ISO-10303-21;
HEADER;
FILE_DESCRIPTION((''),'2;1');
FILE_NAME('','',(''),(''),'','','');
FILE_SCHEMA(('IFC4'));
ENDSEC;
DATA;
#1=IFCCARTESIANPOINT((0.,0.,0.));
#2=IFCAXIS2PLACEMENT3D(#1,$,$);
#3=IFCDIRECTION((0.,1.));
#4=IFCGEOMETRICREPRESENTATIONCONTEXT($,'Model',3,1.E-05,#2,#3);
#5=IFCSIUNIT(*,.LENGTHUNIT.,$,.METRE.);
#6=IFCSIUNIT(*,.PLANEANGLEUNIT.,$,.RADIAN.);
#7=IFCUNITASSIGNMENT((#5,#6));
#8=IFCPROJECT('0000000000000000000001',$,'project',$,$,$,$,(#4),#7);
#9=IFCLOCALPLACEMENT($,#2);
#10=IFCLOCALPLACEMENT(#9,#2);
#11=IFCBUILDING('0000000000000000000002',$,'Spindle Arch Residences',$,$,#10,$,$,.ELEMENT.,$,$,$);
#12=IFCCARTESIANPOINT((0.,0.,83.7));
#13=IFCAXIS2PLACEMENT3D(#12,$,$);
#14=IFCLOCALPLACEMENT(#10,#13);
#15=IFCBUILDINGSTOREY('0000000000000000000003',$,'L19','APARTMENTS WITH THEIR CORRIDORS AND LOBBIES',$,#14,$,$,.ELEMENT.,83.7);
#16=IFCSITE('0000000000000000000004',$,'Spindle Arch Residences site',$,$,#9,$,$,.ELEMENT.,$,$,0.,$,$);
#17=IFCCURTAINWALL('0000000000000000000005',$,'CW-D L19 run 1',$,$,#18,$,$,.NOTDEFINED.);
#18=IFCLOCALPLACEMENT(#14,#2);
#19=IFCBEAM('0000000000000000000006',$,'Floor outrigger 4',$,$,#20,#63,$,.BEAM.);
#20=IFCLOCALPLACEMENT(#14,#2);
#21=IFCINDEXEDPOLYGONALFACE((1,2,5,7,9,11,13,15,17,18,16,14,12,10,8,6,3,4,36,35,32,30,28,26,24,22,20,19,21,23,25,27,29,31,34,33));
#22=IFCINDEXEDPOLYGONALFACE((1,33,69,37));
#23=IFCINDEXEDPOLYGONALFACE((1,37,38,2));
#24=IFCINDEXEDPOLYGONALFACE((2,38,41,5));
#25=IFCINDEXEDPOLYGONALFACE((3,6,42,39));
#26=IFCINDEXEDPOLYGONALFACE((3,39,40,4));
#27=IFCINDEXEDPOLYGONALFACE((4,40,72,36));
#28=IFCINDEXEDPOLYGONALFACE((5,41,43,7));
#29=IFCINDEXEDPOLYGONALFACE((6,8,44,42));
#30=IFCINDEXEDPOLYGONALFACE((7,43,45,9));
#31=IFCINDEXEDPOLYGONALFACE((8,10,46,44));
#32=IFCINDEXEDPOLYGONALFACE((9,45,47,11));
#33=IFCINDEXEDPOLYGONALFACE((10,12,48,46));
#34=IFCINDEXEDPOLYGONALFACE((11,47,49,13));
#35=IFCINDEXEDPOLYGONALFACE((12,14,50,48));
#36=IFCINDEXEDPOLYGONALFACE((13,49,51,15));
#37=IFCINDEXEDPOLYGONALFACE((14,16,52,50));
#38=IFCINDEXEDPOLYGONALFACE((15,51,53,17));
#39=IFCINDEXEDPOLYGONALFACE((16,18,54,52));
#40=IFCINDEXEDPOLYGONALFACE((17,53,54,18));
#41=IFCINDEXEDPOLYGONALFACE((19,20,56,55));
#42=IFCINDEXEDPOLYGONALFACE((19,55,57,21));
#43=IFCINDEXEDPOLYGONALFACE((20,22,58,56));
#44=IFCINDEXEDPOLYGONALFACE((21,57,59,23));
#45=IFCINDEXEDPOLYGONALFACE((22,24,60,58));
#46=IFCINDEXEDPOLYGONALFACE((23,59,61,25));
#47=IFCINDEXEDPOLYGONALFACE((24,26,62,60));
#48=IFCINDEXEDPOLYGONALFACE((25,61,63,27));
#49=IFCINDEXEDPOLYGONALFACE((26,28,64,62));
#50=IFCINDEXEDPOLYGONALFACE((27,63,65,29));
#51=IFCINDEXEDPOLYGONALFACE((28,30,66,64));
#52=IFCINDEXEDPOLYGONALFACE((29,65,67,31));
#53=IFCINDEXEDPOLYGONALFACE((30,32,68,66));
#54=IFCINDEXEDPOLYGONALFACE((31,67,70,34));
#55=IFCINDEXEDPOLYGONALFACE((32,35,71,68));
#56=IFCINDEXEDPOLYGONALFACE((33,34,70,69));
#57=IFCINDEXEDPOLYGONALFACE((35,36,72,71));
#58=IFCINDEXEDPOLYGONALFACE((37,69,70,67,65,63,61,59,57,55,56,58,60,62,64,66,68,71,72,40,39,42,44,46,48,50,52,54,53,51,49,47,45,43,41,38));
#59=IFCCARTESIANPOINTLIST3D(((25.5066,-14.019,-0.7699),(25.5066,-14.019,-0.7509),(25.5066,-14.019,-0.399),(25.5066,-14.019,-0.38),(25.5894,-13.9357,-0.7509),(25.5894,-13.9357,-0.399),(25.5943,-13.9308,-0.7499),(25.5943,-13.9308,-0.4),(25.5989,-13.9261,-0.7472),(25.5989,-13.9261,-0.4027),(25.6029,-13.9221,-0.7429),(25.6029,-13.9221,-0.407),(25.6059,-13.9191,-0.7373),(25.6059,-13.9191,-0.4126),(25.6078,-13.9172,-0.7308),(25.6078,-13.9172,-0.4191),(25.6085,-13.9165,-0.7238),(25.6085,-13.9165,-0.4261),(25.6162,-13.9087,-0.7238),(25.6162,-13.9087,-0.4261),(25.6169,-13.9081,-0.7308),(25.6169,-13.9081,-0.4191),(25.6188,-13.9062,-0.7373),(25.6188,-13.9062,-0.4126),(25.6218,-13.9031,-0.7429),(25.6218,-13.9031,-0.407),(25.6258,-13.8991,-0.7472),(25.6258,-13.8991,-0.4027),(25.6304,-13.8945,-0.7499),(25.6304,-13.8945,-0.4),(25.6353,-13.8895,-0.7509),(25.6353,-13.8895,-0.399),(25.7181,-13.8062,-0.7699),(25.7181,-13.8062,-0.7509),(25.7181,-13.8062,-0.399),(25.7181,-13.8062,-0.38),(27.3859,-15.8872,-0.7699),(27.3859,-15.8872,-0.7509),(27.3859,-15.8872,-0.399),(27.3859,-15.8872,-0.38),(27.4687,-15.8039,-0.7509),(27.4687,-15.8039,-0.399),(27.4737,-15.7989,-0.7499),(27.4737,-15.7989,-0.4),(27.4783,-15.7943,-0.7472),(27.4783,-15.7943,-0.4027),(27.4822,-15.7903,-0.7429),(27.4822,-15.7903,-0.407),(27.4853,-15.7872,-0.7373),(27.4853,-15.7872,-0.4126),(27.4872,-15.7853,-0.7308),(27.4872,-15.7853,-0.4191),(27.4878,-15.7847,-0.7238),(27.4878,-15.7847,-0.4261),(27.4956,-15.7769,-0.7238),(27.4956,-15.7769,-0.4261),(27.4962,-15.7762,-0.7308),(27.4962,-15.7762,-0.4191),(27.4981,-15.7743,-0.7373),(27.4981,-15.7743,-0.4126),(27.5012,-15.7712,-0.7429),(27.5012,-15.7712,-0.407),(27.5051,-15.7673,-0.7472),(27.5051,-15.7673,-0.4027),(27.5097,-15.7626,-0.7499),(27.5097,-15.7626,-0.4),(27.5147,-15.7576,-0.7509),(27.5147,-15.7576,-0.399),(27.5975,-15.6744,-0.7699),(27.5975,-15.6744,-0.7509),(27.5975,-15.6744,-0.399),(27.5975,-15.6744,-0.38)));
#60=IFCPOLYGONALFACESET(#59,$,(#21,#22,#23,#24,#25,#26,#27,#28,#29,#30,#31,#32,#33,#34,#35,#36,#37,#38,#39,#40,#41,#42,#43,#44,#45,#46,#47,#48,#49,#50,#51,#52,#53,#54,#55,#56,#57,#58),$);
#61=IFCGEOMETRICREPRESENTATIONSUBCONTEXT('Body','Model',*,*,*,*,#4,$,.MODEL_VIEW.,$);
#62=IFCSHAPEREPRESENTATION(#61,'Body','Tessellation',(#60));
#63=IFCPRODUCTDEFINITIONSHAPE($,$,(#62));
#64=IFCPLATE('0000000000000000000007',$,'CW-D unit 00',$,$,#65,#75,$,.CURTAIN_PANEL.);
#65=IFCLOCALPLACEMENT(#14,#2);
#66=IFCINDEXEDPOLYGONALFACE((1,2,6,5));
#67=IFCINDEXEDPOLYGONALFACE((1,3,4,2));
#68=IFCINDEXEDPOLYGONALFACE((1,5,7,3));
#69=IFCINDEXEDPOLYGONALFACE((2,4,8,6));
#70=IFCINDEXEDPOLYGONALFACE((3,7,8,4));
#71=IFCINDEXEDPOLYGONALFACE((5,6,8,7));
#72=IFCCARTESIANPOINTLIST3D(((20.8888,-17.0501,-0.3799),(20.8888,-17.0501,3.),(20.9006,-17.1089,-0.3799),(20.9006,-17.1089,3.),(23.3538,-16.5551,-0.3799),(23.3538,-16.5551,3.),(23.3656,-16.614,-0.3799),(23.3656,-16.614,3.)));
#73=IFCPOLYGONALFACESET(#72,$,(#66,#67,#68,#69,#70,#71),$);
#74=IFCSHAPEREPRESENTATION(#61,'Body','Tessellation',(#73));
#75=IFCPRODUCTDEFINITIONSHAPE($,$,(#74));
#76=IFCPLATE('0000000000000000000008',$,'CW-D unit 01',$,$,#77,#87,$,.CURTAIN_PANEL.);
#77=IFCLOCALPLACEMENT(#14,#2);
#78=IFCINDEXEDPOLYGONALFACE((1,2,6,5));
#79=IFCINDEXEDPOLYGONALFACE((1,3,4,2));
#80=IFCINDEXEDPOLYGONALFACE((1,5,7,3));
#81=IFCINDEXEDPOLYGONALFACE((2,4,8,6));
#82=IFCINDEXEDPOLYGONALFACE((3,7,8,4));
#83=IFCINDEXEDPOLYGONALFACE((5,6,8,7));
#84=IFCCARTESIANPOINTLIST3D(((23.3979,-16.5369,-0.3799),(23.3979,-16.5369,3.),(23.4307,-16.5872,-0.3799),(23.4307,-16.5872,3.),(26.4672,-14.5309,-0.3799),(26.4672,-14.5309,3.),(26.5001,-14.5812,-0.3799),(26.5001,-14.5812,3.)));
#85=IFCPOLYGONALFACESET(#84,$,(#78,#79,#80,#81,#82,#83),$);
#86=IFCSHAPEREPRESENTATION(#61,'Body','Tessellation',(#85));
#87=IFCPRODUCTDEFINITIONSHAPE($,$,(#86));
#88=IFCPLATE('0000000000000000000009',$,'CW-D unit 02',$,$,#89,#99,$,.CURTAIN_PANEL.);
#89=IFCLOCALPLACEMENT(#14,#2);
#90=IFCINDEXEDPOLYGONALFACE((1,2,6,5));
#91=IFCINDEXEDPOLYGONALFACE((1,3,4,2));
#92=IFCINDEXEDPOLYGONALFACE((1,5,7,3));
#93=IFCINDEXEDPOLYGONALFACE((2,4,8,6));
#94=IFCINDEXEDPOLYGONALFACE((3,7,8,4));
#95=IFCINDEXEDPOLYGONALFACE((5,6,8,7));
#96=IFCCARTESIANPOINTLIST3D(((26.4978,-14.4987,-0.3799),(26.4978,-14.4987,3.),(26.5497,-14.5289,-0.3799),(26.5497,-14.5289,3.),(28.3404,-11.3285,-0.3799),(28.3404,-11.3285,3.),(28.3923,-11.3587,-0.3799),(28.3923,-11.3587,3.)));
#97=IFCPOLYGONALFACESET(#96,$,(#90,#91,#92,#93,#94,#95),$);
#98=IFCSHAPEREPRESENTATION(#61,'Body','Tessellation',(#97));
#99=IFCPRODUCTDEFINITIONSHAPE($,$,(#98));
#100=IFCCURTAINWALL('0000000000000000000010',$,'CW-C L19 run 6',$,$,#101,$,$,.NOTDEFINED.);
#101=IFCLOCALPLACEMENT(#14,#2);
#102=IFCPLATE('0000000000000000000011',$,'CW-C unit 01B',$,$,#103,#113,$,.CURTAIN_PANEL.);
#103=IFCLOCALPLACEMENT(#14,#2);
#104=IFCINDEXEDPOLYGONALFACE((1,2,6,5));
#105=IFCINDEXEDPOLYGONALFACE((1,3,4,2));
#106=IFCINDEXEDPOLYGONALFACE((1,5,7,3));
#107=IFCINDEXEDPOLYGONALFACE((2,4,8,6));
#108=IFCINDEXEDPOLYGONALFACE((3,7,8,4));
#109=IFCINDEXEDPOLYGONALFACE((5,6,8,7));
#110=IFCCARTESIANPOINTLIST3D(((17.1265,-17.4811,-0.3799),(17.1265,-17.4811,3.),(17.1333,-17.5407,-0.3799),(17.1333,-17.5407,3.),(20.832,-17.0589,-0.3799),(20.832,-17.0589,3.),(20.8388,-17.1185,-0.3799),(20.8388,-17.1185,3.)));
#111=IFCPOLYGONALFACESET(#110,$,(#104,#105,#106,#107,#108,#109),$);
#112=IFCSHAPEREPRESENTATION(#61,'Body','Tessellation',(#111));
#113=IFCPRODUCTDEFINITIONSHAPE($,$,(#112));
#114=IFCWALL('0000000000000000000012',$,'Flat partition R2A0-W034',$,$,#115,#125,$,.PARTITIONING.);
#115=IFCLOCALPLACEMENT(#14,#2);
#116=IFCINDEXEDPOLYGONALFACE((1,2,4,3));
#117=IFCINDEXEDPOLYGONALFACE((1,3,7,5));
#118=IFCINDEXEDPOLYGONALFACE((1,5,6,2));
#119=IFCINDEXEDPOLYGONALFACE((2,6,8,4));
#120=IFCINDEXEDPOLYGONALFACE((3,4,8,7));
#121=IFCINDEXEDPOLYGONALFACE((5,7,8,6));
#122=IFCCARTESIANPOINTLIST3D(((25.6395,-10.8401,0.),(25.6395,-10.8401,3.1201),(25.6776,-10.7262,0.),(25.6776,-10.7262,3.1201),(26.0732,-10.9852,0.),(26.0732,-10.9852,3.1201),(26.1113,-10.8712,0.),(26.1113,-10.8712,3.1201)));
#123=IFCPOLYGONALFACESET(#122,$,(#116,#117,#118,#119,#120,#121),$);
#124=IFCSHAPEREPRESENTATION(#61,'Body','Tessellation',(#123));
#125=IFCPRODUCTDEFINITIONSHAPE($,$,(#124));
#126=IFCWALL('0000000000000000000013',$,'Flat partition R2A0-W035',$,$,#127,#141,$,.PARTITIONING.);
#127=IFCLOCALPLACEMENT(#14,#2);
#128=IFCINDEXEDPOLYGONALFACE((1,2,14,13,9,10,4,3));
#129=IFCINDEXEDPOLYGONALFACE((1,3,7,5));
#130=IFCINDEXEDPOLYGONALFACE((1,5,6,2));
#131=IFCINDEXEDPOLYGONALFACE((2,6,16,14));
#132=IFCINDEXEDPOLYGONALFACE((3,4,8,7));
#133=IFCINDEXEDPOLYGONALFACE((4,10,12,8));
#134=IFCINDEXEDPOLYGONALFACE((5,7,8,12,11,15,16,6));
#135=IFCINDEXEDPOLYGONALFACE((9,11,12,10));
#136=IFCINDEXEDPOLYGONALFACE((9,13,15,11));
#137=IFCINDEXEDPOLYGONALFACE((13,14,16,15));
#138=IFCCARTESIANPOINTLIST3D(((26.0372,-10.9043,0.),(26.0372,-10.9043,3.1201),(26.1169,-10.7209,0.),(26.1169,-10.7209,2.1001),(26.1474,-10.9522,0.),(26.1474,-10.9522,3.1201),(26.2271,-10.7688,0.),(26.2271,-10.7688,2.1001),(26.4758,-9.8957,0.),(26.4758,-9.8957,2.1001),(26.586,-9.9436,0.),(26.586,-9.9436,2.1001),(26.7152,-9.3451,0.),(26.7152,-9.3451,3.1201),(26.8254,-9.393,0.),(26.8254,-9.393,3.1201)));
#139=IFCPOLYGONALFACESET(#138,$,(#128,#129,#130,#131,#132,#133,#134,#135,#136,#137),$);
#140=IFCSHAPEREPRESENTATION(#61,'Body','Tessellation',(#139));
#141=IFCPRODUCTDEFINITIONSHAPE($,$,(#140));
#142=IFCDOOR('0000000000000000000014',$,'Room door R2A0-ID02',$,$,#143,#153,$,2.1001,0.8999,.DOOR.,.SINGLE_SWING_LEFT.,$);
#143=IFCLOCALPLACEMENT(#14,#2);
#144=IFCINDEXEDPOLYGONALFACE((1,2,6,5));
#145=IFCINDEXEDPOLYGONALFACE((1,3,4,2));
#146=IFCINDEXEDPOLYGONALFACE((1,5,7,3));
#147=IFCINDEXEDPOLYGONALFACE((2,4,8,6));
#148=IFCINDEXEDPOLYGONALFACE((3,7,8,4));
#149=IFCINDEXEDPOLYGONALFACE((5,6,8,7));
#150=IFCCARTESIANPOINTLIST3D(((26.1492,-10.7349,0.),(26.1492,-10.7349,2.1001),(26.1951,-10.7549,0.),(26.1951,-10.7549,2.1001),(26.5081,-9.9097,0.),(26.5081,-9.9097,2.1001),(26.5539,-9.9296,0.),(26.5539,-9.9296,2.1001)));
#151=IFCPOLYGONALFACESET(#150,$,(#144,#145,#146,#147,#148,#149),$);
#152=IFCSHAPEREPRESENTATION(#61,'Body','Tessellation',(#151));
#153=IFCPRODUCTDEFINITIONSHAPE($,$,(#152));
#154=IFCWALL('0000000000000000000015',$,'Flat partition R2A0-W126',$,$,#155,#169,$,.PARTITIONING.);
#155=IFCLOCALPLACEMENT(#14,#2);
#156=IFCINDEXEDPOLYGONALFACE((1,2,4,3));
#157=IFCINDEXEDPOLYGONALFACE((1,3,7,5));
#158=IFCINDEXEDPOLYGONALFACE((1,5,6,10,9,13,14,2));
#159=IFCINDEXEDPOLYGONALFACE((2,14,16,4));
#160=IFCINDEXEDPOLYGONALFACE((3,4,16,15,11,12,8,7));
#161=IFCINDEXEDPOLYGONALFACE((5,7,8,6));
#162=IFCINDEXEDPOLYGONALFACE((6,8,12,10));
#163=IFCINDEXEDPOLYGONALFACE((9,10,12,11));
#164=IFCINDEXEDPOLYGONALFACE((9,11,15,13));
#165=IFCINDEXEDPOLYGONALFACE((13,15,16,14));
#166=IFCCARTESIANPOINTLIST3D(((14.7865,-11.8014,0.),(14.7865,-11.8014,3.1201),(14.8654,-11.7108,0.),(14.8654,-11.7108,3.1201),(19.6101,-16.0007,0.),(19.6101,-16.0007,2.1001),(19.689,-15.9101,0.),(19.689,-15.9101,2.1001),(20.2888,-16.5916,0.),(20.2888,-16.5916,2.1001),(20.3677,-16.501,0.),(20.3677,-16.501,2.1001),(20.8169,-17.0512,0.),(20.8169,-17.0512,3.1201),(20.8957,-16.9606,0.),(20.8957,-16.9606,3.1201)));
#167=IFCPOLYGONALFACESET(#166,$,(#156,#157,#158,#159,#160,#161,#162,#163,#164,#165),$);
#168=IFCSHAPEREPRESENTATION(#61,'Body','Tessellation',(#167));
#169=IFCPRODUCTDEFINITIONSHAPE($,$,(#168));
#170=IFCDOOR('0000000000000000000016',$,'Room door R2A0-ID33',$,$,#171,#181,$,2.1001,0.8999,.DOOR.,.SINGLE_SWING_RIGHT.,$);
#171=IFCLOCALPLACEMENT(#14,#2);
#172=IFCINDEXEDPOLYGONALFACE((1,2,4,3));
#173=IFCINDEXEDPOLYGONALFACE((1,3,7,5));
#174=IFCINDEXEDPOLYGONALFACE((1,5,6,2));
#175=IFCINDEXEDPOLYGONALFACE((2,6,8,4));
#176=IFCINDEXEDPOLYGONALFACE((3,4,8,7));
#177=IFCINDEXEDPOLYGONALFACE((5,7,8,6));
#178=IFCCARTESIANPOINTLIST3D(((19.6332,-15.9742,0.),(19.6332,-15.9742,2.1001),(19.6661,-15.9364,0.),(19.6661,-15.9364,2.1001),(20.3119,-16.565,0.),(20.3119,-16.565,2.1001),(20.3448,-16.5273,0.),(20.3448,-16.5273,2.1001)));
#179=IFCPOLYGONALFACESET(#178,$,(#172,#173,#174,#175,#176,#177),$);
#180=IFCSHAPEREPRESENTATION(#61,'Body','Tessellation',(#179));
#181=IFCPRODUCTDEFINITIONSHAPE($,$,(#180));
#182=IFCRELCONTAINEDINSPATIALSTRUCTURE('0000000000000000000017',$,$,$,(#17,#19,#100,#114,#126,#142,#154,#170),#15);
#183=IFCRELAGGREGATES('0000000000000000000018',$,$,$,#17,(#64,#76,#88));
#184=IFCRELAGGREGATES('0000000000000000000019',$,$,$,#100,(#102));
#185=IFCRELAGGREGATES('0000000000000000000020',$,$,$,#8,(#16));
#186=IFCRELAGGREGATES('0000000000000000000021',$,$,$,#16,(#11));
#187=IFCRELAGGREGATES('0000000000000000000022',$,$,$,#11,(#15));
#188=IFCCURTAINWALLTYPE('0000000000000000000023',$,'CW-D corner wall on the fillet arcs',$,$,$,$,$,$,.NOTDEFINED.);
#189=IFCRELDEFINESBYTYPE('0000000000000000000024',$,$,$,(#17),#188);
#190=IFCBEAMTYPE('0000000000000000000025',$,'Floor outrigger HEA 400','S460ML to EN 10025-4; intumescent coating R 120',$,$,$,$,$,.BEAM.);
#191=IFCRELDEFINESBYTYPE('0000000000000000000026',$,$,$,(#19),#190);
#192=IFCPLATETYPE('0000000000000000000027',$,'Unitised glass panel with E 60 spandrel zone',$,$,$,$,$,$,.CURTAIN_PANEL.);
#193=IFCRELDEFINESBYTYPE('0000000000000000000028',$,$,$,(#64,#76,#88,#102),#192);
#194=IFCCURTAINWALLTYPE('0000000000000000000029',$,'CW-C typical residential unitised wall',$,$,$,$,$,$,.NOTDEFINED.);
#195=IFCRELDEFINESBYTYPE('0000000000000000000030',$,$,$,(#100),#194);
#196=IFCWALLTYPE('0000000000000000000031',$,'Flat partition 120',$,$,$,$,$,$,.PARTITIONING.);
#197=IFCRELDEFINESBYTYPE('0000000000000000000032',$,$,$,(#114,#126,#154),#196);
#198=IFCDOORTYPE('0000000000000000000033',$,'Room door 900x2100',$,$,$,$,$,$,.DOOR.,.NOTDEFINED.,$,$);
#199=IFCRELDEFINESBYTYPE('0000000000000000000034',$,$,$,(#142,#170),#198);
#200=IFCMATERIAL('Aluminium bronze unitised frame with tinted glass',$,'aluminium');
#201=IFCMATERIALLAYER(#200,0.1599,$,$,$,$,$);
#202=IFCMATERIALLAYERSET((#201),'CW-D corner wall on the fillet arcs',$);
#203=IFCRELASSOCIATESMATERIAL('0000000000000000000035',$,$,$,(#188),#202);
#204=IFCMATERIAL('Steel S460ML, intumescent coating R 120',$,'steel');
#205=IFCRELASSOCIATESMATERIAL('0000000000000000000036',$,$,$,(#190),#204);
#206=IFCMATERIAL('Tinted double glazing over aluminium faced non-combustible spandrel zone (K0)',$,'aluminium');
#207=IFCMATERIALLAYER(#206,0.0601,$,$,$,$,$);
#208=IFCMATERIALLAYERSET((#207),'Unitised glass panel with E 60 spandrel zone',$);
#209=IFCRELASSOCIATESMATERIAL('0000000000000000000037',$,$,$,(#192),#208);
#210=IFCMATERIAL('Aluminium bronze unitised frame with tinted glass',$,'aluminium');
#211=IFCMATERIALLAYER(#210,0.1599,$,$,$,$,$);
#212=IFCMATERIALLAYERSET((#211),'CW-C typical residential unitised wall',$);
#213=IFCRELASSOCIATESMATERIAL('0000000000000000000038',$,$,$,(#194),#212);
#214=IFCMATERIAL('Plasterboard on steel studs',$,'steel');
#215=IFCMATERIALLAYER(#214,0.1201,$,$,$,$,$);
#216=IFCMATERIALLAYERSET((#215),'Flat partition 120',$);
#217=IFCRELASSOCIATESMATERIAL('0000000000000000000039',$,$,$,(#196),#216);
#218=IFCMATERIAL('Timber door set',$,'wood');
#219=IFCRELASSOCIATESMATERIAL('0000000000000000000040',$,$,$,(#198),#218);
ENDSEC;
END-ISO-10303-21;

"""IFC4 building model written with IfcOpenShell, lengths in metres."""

from ifc_helpers import new_model, si_unit, direction, frame, frame_2d, origin, origin_2d, place, context, subcontext, project, spatial, rectangle, i_section, extrude, material, layer, layer_set, material_profile, profile_set, type_object, element, fill, aggregate, save


model = new_model("IFC4")

# Units and contexts
model_context = context("Model", 3, precision=1e-05, world=origin(), true_north=direction((0.0, 1.0)))
body_context = subcontext(model_context, "Body", "Model", "MODEL_VIEW")
ifc_project = project(units=[si_unit("LENGTHUNIT", "METRE"), si_unit("PLANEANGLEUNIT", "RADIAN")], contexts=[model_context])

# Site, building, storey
site_placement = place(None, origin())
site = spatial("IfcSite", under=ifc_project, at=site_placement, Name="Spindle Arch Residences site", CompositionType="ELEMENT", RefElevation=0.0)
building_placement = place(site_placement, origin())
building = spatial("IfcBuilding", under=site, at=building_placement, Name="Spindle Arch Residences", CompositionType="ELEMENT")
storey_placement = place(building_placement, frame((0.0, 0.0, 83.7)))
storey = spatial("IfcBuildingStorey", under=building, at=storey_placement, Name="L19", Description="APARTMENTS WITH THEIR CORRIDORS AND LOBBIES", CompositionType="ELEMENT", Elevation=83.7)

# Curtain wall
ifc_material_1 = material(Name="Aluminium bronze unitised frame with tinted glass", Category="aluminium")
ifc_layer_1 = layer(ifc_material_1, 0.1599)
ifc_layer_set_1 = layer_set([ifc_layer_1], Name="CW-D corner wall on the fillet arcs")
curtain_wall_type_1 = type_object("IfcCurtainWallType", Name="CW-D corner wall on the fillet arcs", PredefinedType="NOTDEFINED", material=ifc_layer_set_1)
curtain_wall_1_placement = place(storey_placement, origin())
curtain_wall_1 = element("IfcCurtainWall", 1, at=curtain_wall_1_placement, inside=storey, type_object=curtain_wall_type_1, Name="CW-D L19 run 1", PredefinedType="NOTDEFINED")

# Beam
ifc_material_2 = material(Name="Steel S460ML, intumescent coating R 120", Category="steel")
ifc_material_profile_1 = material_profile(ifc_material_2, i_section(OverallWidth=0.3, OverallDepth=0.3899, WebThickness=0.011, FlangeThickness=0.019, FilletRadius=0.0271, at=origin_2d()), Name="HEA 400")
ifc_profile_set_1 = profile_set([ifc_material_profile_1], Name="Steel S460ML, intumescent coating R 120")
beam_type_1 = type_object("IfcBeamType", Name="Floor outrigger HEA 400", Description="S460ML to EN 10025-4; intumescent coating R 120", PredefinedType="BEAM", material=ifc_profile_set_1)
beam_1_placement = place(storey_placement, frame((27.4917, -15.7808, -0.575), z_axis=(-0.709223, 0.704985, 0.0), x_axis=(-0.704985, -0.709223, 0.0)))
element("IfcBeam", 2, at=beam_1_placement, inside=storey, type_object=beam_type_1, Name="Floor outrigger 4", PredefinedType="BEAM", context=body_context, shape_type="SweptSolid", body=[
    extrude(i_section(OverallWidth=0.3, OverallDepth=0.3899, WebThickness=0.011, FlangeThickness=0.019, FilletRadius=0.0271, at=origin_2d()), origin(), (0.0, 0.0, 1.0), 2.6499),
])

# Plates
ifc_material_3 = material(Name="Tinted double glazing over aluminium faced non-combustible spandrel zone (K0)", Category="aluminium")
ifc_layer_2 = layer(ifc_material_3, 0.0601)
ifc_layer_set_2 = layer_set([ifc_layer_2], Name="Unitised glass panel with E 60 spandrel zone")
plate_type = type_object("IfcPlateType", Name="Unitised glass panel with E 60 spandrel zone", PredefinedType="CURTAIN_PANEL", material=ifc_layer_set_2)
plate_1_placement = place(storey_placement, frame((22.1272, -16.832, -0.3799), z_axis=(0.0, 0.0, 1.0), x_axis=(0.980431, 0.196863, 0.0)))
plate_1 = element("IfcPlate", 3, at=plate_1_placement, type_object=plate_type, Name="CW-D unit 00", PredefinedType="CURTAIN_PANEL", context=body_context, shape_type="SweptSolid", body=[
    extrude(rectangle(XDim=2.5142, YDim=0.0601, at=origin_2d()), origin(), (0.0, 0.0, 1.0), 3.3799),
])
plate_2_placement = place(storey_placement, frame((24.949, -15.5591, -0.3799), z_axis=(0.0, 0.0, 1.0), x_axis=(0.837083, 0.547076, 0.0)))
plate_2 = element("IfcPlate", 4, at=plate_2_placement, type_object=plate_type, Name="CW-D unit 01", PredefinedType="CURTAIN_PANEL", context=body_context, shape_type="SweptSolid", body=[
    extrude(rectangle(XDim=3.6667, YDim=0.0601, at=origin_2d()), origin(), (0.0, 0.0, 1.0), 3.3799),
])
plate_3_placement = place(storey_placement, frame((27.4451, -12.9287, -0.3799), z_axis=(0.0, 0.0, 1.0), x_axis=(0.502517, 0.864567, 0.0)))
plate_3 = element("IfcPlate", 5, at=plate_3_placement, type_object=plate_type, Name="CW-D unit 02", PredefinedType="CURTAIN_PANEL", context=body_context, shape_type="SweptSolid", body=[
    extrude(rectangle(XDim=3.6667, YDim=0.0601, at=origin_2d()), origin(), (0.0, 0.0, 1.0), 3.3799),
])
aggregate(curtain_wall_1, [plate_1, plate_2, plate_3])

# Curtain wall, plate
ifc_material_4 = material(Name="Aluminium bronze unitised frame with tinted glass", Category="aluminium")
ifc_layer_3 = layer(ifc_material_4, 0.1599)
ifc_layer_set_3 = layer_set([ifc_layer_3], Name="CW-C typical residential unitised wall")
curtain_wall_type_2 = type_object("IfcCurtainWallType", Name="CW-C typical residential unitised wall", PredefinedType="NOTDEFINED", material=ifc_layer_set_3)
curtain_wall_2_placement = place(storey_placement, origin())
curtain_wall_2 = element("IfcCurtainWall", 6, at=curtain_wall_2_placement, inside=storey, type_object=curtain_wall_type_2, Name="CW-C L19 run 6", PredefinedType="NOTDEFINED")
plate_4_placement = place(storey_placement, frame((18.9827, -17.2998, -0.3799), z_axis=(0.0, 0.0, 1.0), x_axis=(0.993572, 0.113203, 0.0)))
plate_4 = element("IfcPlate", 7, at=plate_4_placement, type_object=plate_type, Name="CW-C unit 01B", PredefinedType="CURTAIN_PANEL", context=body_context, shape_type="SweptSolid", body=[
    extrude(rectangle(XDim=3.7295, YDim=0.0601, at=origin_2d()), origin(), (0.0, 0.0, 1.0), 3.3799),
])
aggregate(curtain_wall_2, [plate_4])

# Wall
ifc_material_5 = material(Name="Plasterboard on steel studs", Category="steel")
ifc_layer_4 = layer(ifc_material_5, 0.1201)
ifc_layer_set_4 = layer_set([ifc_layer_4], Name="Flat partition 120")
wall_type = type_object("IfcWallType", Name="Flat partition 120", PredefinedType="PARTITIONING", material=ifc_layer_set_4)
wall_1_placement = place(storey_placement, frame((25.6587, -10.7832, 0.0), z_axis=(0.0, 0.0, 1.0), x_axis=(0.948362, -0.317189, 0.0)))
element("IfcWall", 8, at=wall_1_placement, inside=storey, type_object=wall_type, Name="Flat partition R2A0-W034", PredefinedType="PARTITIONING", context=body_context, shape_type="SweptSolid", body=[
    extrude(rectangle(XDim=0.4573, YDim=0.1201, at=frame_2d((0.2285, 0.0))), origin(), (0.0, 0.0, 1.0), 3.1201),
])

# Walls, openings, doors
wall_2_placement = place(storey_placement, frame((26.0923, -10.9282, 0.0), z_axis=(0.0, 0.0, 1.0), x_axis=(0.398784, 0.917045, 0.0)))
wall_2 = element("IfcWall", 9, at=wall_2_placement, inside=storey, type_object=wall_type, Name="Flat partition R2A0-W035", PredefinedType="PARTITIONING", context=body_context, shape_type="SweptSolid", body=[
    extrude(rectangle(XDim=1.7002, YDim=0.1201, at=frame_2d((0.8501, 0.0))), origin(), (0.0, 0.0, 1.0), 3.1201),
])
opening_1_placement = place(wall_2_placement, frame((0.2, 0.0, 0.0)))
opening_1 = element("IfcOpeningElement", 10, at=opening_1_placement, cuts=wall_2, PredefinedType="OPENING", context=body_context, shape_type="SweptSolid", body=[
    extrude(rectangle(XDim=0.8999, YDim=2.1001, at=frame_2d((0.45, 1.05))), frame((0.0, 0.0701, 0.0), z_axis=(0.0, -1.0, 0.0), x_axis=(1.0, 0.0, 0.0)), (0.0, 0.0, 1.0), 0.1401),
])
ifc_material_6 = material(Name="Timber door set", Category="wood")
door_type = type_object("IfcDoorType", Name="Room door 900x2100", OperationType="NOTDEFINED", PredefinedType="DOOR", material=ifc_material_6)
door_1_placement = place(opening_1_placement, origin())
door_1 = element("IfcDoor", 11, at=door_1_placement, inside=storey, type_object=door_type, Name="Room door R2A0-ID02", OperationType="SINGLE_SWING_LEFT", OverallHeight=2.1001, OverallWidth=0.8999, PredefinedType="DOOR", context=body_context, shape_type="SweptSolid", body=[
    extrude(rectangle(XDim=0.8999, YDim=2.1001, at=frame_2d((0.45, 1.05))), frame((0.0, 0.0249, 0.0), z_axis=(0.0, -1.0, 0.0), x_axis=(1.0, 0.0, 0.0)), (0.0, 0.0, 1.0), 0.05),
])
fill(opening_1, door_1)
wall_3_placement = place(storey_placement, frame((20.8562, -17.0059, 0.0), z_axis=(0.0, 0.0, 1.0), x_axis=(-0.754231, 0.656609, 0.0)))
wall_3 = element("IfcWall", 12, at=wall_3_placement, inside=storey, type_object=wall_type, Name="Flat partition R2A0-W126", PredefinedType="PARTITIONING", context=body_context, shape_type="SweptSolid", body=[
    extrude(rectangle(XDim=7.9954, YDim=0.1201, at=frame_2d((3.9976, 0.0))), origin(), (0.0, 0.0, 1.0), 3.1201),
])
opening_2_placement = place(wall_3_placement, frame((0.7, 0.0, 0.0)))
opening_2 = element("IfcOpeningElement", 13, at=opening_2_placement, cuts=wall_3, PredefinedType="OPENING", context=body_context, shape_type="SweptSolid", body=[
    extrude(rectangle(XDim=0.8999, YDim=2.1001, at=frame_2d((0.45, 1.05))), frame((0.0, 0.0701, 0.0), z_axis=(0.0, -1.0, 0.0), x_axis=(1.0, 0.0, 0.0)), (0.0, 0.0, 1.0), 0.1401),
])
door_2_placement = place(opening_2_placement, origin())
door_2 = element("IfcDoor", 14, at=door_2_placement, inside=storey, type_object=door_type, Name="Room door R2A0-ID33", OperationType="SINGLE_SWING_RIGHT", OverallHeight=2.1001, OverallWidth=0.8999, PredefinedType="DOOR", context=body_context, shape_type="SweptSolid", body=[
    extrude(rectangle(XDim=0.8999, YDim=2.1001, at=frame_2d((0.45, 1.05))), frame((0.0, 0.0249, 0.0), z_axis=(0.0, -1.0, 0.0), x_axis=(1.0, 0.0, 0.0)), (0.0, 0.0, 1.0), 0.05),
])
fill(opening_2, door_2)

save(model, "model.ifc")
